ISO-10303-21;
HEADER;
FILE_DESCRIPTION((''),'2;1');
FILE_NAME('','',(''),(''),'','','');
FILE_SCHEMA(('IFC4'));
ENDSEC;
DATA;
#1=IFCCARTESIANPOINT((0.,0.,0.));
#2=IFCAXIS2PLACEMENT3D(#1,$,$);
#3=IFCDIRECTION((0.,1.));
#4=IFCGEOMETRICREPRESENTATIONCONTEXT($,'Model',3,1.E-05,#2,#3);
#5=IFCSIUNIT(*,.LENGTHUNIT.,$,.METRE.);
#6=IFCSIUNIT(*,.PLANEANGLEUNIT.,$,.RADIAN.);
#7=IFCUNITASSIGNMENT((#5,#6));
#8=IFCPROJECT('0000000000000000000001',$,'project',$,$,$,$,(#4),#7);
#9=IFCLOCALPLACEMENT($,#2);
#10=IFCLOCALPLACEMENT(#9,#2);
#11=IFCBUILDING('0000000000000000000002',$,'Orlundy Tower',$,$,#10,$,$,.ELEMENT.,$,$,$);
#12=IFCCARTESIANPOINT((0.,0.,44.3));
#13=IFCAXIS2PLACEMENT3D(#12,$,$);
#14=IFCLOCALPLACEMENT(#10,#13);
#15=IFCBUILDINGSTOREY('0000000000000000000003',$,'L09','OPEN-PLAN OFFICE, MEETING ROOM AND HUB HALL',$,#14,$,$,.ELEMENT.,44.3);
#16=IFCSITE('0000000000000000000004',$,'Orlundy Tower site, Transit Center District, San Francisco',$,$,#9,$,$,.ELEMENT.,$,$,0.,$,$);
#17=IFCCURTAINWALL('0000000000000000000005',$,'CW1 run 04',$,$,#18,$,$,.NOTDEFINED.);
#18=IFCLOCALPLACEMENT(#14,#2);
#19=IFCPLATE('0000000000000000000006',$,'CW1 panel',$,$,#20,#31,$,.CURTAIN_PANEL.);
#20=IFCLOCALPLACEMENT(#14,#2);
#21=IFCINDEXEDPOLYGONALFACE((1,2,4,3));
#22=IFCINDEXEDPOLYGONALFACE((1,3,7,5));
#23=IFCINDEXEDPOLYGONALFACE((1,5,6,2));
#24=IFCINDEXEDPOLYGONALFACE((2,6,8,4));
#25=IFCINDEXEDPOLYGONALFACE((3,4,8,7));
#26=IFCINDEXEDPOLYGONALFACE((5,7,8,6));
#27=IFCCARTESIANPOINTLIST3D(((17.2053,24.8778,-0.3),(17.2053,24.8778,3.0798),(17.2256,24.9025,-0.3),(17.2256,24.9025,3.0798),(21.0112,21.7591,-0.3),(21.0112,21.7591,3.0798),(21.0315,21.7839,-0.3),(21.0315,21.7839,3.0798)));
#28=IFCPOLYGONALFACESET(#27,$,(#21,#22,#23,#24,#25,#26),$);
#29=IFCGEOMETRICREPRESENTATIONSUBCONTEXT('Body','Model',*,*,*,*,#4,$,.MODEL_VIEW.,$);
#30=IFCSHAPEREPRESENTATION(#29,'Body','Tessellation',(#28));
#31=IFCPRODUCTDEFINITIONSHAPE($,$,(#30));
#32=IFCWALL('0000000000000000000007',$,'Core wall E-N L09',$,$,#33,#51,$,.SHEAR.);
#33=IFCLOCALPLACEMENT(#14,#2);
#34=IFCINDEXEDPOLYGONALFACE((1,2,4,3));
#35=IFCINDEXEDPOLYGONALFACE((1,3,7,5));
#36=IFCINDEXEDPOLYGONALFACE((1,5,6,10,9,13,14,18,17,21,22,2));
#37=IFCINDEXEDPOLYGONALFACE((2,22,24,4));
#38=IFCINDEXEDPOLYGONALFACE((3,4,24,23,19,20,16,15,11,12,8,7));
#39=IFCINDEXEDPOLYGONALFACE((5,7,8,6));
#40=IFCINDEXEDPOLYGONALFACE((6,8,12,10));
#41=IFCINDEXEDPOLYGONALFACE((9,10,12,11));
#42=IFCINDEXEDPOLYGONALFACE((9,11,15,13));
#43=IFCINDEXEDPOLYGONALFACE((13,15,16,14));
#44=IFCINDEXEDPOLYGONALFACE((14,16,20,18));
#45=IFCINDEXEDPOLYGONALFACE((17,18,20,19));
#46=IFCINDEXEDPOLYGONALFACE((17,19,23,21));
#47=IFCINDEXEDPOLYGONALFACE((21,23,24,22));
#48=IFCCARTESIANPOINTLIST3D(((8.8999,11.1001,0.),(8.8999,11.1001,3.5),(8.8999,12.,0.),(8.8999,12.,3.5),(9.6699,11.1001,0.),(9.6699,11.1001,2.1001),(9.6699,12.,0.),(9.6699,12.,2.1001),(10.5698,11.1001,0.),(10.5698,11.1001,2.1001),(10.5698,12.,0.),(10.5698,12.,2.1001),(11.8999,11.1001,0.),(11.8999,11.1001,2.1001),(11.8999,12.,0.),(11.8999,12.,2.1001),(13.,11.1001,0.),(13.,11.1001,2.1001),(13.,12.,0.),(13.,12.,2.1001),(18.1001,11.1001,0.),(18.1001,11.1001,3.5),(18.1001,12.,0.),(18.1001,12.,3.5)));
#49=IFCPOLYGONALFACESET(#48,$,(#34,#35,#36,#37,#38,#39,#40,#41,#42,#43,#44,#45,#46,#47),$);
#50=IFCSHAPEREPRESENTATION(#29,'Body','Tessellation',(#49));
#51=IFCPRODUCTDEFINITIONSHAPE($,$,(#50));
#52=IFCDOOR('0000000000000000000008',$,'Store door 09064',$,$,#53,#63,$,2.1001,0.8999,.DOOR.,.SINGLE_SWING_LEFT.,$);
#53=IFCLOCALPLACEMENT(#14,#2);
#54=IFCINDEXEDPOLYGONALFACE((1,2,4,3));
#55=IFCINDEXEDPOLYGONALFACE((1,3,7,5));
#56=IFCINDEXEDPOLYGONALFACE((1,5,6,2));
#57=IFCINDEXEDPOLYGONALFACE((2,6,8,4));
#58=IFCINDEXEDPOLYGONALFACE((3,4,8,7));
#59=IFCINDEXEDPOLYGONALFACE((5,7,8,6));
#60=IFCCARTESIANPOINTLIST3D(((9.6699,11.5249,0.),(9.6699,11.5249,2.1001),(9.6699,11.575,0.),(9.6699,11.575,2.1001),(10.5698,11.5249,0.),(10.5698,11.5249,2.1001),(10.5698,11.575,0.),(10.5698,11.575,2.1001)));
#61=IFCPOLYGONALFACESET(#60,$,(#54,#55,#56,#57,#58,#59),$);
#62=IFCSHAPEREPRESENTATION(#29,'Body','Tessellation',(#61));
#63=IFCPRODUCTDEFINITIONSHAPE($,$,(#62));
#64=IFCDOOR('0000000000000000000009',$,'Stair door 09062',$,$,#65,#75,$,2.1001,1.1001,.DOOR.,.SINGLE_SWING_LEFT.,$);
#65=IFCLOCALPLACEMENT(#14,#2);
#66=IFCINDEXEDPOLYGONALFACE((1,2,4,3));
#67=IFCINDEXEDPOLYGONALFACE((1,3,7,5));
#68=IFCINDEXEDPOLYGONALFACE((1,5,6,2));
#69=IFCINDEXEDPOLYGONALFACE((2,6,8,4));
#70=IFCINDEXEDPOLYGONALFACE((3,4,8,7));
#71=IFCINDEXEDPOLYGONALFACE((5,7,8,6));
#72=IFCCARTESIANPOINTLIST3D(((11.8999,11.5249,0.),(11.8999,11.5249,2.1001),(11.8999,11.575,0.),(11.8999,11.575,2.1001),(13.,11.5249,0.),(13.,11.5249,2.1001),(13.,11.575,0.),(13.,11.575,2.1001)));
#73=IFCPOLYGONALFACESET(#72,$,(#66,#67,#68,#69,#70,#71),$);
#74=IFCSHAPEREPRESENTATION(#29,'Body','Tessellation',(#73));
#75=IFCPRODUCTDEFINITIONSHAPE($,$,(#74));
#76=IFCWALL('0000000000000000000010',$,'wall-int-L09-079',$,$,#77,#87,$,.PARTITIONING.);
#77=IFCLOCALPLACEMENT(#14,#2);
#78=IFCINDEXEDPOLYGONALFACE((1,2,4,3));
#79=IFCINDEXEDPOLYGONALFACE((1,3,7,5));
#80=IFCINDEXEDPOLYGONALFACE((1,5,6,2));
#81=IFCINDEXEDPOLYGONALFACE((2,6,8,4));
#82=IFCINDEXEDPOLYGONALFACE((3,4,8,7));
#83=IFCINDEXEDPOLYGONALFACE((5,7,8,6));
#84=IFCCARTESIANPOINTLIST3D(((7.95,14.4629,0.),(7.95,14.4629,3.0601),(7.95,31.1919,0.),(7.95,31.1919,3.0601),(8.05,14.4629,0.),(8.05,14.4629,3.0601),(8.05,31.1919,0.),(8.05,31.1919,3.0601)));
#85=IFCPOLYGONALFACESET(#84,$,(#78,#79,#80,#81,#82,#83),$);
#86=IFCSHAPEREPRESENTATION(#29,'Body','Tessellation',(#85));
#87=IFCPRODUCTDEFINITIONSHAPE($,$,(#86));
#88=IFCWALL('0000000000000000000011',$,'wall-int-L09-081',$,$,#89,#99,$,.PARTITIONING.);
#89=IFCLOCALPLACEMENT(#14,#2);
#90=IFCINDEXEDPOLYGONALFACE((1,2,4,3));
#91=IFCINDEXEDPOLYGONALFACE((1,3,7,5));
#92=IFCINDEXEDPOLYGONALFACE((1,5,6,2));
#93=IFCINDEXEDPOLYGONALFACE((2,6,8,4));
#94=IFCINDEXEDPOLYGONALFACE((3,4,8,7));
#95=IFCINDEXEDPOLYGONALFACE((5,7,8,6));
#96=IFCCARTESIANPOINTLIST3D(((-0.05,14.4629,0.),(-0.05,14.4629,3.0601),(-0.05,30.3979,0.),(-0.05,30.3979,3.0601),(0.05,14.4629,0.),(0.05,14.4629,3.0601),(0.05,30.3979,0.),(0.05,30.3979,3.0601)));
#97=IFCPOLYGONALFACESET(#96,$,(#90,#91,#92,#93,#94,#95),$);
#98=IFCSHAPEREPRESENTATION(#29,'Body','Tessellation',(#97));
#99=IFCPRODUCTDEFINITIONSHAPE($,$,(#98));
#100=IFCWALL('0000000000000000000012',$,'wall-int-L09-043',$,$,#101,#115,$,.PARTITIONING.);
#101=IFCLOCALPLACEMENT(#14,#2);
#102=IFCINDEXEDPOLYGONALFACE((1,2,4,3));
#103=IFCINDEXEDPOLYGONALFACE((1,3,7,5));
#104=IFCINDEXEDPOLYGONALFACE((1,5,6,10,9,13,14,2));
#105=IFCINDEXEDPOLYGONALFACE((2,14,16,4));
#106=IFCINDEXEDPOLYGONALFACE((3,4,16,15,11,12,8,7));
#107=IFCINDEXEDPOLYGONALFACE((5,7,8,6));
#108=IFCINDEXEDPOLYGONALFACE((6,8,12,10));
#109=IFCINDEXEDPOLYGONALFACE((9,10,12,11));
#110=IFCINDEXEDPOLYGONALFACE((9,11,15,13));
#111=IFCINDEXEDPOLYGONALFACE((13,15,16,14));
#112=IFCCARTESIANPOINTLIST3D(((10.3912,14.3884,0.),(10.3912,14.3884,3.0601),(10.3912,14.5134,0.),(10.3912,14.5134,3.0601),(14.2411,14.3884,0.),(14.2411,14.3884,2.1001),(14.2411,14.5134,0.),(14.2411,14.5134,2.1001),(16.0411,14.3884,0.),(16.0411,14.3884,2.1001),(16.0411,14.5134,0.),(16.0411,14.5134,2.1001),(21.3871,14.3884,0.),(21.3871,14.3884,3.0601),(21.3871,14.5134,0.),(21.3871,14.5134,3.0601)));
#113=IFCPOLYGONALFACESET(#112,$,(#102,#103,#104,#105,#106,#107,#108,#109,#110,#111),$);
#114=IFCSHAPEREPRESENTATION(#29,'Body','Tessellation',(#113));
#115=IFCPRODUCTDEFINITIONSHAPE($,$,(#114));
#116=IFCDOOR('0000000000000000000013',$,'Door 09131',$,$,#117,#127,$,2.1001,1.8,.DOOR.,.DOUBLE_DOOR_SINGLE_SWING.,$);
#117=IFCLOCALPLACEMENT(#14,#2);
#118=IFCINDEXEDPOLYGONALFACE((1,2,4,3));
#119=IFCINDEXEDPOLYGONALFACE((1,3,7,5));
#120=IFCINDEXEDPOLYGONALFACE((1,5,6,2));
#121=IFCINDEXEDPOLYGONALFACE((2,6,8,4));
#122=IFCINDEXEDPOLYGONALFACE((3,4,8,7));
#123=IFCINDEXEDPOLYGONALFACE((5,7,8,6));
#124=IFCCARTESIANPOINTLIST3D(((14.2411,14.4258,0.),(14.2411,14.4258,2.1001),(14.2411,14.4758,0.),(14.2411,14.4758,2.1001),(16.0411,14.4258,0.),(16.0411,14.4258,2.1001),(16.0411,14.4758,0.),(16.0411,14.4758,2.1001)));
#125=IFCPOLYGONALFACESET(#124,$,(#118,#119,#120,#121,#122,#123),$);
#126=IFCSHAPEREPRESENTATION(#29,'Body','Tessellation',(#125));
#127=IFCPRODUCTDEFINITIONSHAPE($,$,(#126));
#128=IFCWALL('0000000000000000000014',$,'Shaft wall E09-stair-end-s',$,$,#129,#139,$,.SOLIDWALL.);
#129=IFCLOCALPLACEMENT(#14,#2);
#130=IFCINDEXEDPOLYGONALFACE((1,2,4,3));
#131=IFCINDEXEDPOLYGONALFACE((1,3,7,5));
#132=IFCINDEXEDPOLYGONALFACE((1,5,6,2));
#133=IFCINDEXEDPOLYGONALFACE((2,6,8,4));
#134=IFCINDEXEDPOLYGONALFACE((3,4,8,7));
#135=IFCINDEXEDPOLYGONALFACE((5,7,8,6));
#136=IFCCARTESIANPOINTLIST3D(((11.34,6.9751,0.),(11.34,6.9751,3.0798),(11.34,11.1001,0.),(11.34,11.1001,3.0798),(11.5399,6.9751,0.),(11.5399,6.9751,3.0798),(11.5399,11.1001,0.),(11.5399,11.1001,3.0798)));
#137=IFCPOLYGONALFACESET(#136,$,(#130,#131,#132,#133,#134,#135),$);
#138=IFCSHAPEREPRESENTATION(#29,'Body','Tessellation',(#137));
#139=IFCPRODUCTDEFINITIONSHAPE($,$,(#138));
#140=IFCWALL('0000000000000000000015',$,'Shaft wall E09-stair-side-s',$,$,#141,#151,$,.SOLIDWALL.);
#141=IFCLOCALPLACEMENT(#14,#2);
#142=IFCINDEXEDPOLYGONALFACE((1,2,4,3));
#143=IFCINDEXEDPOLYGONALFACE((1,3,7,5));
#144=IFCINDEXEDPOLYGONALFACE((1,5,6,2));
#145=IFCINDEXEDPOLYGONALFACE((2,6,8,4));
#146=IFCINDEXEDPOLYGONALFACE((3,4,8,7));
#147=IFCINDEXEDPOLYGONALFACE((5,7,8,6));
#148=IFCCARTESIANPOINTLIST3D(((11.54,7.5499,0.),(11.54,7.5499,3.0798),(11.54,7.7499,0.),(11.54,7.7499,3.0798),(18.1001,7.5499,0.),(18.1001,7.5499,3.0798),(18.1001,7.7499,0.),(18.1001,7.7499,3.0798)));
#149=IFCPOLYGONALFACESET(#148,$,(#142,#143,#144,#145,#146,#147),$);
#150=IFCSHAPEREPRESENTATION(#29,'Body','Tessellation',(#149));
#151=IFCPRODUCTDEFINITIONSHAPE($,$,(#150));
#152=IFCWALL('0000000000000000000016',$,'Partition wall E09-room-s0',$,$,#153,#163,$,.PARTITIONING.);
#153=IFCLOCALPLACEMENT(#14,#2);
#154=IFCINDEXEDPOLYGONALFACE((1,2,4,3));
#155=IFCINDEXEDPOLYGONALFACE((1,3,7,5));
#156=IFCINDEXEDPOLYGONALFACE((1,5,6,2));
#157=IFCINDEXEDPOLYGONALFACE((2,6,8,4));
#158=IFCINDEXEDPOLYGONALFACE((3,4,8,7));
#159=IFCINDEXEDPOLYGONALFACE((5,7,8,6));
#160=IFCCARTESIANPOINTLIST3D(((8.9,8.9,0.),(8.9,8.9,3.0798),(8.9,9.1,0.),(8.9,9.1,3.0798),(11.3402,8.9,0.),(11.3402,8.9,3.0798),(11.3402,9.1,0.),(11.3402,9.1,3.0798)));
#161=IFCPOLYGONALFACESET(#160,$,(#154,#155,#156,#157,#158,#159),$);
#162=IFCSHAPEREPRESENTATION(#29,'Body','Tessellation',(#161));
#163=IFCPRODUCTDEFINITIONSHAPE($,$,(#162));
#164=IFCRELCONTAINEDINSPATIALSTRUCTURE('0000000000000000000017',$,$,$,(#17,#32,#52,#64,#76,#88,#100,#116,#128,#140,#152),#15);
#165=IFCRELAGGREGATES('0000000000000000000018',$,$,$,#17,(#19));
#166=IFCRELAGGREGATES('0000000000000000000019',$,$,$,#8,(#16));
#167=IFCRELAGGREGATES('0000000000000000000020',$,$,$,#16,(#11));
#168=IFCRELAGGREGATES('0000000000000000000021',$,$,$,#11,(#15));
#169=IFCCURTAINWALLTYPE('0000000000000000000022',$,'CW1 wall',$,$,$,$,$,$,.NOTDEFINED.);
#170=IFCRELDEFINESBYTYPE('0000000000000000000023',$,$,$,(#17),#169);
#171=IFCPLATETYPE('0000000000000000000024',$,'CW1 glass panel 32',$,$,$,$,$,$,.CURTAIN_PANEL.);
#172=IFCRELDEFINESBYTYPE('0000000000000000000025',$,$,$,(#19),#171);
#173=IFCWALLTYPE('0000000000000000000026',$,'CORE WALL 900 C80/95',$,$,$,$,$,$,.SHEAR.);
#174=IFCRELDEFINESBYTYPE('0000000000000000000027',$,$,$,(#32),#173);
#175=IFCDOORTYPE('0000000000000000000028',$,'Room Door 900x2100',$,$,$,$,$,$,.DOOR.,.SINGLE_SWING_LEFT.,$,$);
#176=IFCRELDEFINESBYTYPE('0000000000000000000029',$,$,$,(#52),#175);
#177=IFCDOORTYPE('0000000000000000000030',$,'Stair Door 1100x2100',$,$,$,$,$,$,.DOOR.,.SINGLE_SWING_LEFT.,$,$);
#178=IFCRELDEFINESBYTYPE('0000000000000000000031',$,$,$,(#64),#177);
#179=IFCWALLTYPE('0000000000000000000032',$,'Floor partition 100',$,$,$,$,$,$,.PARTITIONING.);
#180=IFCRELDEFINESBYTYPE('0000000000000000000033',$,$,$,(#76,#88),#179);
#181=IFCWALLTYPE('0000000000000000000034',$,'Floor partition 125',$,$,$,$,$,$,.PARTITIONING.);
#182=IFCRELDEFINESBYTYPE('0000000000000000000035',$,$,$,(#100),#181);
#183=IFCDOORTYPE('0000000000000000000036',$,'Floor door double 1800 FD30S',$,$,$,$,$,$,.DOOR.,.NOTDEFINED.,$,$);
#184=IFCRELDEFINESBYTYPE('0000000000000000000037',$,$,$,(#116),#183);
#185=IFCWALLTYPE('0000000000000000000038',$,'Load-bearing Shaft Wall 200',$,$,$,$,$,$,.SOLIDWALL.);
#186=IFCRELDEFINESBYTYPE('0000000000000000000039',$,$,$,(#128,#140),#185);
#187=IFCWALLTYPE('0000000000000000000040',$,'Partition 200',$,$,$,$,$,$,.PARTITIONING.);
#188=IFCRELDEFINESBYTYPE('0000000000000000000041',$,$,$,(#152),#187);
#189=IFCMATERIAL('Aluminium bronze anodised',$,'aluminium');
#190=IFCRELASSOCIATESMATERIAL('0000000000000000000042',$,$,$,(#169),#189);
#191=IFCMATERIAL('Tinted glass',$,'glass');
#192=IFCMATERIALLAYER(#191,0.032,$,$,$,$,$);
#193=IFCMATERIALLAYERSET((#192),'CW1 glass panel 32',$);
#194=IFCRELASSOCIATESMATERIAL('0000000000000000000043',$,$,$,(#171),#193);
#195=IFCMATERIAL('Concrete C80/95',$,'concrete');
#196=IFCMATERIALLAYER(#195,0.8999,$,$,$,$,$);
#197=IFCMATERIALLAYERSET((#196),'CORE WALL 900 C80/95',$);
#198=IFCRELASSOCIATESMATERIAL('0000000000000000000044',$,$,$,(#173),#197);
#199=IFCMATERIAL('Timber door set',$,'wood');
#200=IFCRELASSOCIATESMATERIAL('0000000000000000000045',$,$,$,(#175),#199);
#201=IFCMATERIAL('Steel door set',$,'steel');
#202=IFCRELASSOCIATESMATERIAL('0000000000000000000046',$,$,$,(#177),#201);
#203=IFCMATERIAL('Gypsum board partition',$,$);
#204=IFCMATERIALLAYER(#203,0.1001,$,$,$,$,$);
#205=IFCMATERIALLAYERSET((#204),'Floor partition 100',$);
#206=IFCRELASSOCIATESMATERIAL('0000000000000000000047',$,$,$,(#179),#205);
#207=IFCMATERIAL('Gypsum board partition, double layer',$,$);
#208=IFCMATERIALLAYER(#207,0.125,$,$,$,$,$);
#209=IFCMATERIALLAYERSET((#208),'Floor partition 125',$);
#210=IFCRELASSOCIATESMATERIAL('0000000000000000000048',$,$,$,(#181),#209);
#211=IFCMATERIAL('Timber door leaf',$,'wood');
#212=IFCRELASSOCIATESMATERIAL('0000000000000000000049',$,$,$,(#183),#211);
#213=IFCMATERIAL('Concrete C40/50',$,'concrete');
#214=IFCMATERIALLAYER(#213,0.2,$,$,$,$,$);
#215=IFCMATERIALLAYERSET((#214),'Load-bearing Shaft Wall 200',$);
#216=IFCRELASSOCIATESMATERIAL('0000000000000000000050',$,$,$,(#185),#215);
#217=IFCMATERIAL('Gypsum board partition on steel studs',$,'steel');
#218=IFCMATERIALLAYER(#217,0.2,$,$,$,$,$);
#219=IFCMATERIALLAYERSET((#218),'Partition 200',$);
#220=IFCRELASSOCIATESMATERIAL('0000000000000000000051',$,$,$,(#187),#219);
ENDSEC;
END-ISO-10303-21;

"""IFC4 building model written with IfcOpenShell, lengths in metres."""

from ifc_helpers import new_model, si_unit, direction, frame, frame_2d, origin, origin_2d, place, context, subcontext, project, spatial, rectangle, extrude, material, layer, layer_set, type_object, element, fill, aggregate, save


model = new_model("IFC4")

# Units and contexts
model_context = context("Model", 3, precision=1e-05, world=origin(), true_north=direction((0.0, 1.0)))
body_context = subcontext(model_context, "Body", "Model", "MODEL_VIEW")
ifc_project = project(units=[si_unit("LENGTHUNIT", "METRE"), si_unit("PLANEANGLEUNIT", "RADIAN")], contexts=[model_context])

# Site, building, storey
site_placement = place(None, origin())
site = spatial("IfcSite", under=ifc_project, at=site_placement, Name="Orlundy Tower site, Transit Center District, San Francisco", CompositionType="ELEMENT", RefElevation=0.0)
building_placement = place(site_placement, origin())
building = spatial("IfcBuilding", under=site, at=building_placement, Name="Orlundy Tower", CompositionType="ELEMENT")
storey_placement = place(building_placement, frame((0.0, 0.0, 44.3)))
storey = spatial("IfcBuildingStorey", under=building, at=storey_placement, Name="L09", Description="OPEN-PLAN OFFICE, MEETING ROOM AND HUB HALL", CompositionType="ELEMENT", Elevation=44.3)

# Curtain wall, plate
ifc_material_1 = material(Name="Aluminium bronze anodised", Category="aluminium")
curtain_wall_type = type_object("IfcCurtainWallType", Name="CW1 wall", PredefinedType="NOTDEFINED", material=ifc_material_1)
curtain_wall_placement = place(storey_placement, origin())
curtain_wall = element("IfcCurtainWall", 1, at=curtain_wall_placement, inside=storey, type_object=curtain_wall_type, Name="CW1 run 04", PredefinedType="NOTDEFINED")
ifc_material_2 = material(Name="Tinted glass", Category="glass")
ifc_layer_1 = layer(ifc_material_2, 0.032)
ifc_layer_set_1 = layer_set([ifc_layer_1], Name="CW1 glass panel 32")
plate_type = type_object("IfcPlateType", Name="CW1 glass panel 32", PredefinedType="CURTAIN_PANEL", material=ifc_layer_set_1)
plate_placement = place(storey_placement, frame((19.1184, 23.3308, -0.3), z_axis=(0.0, 0.0, 1.0), x_axis=(0.773482, -0.633818, 0.0)))
plate = element("IfcPlate", 2, at=plate_placement, type_object=plate_type, Name="CW1 panel", PredefinedType="CURTAIN_PANEL", context=body_context, shape_type="SweptSolid", body=[
    extrude(rectangle(XDim=4.9204, YDim=0.032, at=origin_2d()), origin(), (0.0, 0.0, 1.0), 3.3799),
])
aggregate(curtain_wall, [plate])

# Wall, openings, doors
ifc_material_3 = material(Name="Concrete C80/95", Category="concrete")
ifc_layer_2 = layer(ifc_material_3, 0.8999)
ifc_layer_set_2 = layer_set([ifc_layer_2], Name="CORE WALL 900 C80/95")
wall_type_1 = type_object("IfcWallType", Name="CORE WALL 900 C80/95", PredefinedType="SHEAR", material=ifc_layer_set_2)
wall_1_placement = place(storey_placement, frame((8.8999, 11.55, 0.0), z_axis=(0.0, 0.0, 1.0), x_axis=(1.0, 0.0, 0.0)))
wall_1 = element("IfcWall", 3, at=wall_1_placement, inside=storey, type_object=wall_type_1, Name="Core wall E-N L09", PredefinedType="SHEAR", context=body_context, shape_type="SweptSolid", body=[
    extrude(rectangle(XDim=9.2002, YDim=0.8999, at=frame_2d((4.6001, 0.0))), origin(), (0.0, 0.0, 1.0), 3.5),
])
opening_1_placement = place(wall_1_placement, frame((3.0, 0.0, 0.0)))
opening_1 = element("IfcOpeningElement", 4, at=opening_1_placement, cuts=wall_1, PredefinedType="OPENING", context=body_context, shape_type="SweptSolid", body=[
    extrude(rectangle(XDim=1.1001, YDim=2.1001, at=frame_2d((0.55, 1.05))), frame((0.0, 0.46, 0.0), z_axis=(0.0, -1.0, 0.0), x_axis=(1.0, 0.0, 0.0)), (0.0, 0.0, 1.0), 0.9199),
])
opening_2_placement = place(wall_1_placement, frame((0.77, 0.0, 0.0)))
opening_2 = element("IfcOpeningElement", 5, at=opening_2_placement, cuts=wall_1, PredefinedType="OPENING", context=body_context, shape_type="SweptSolid", body=[
    extrude(rectangle(XDim=0.8999, YDim=2.1001, at=frame_2d((0.45, 1.05))), frame((0.0, 0.46, 0.0), z_axis=(0.0, -1.0, 0.0), x_axis=(1.0, 0.0, 0.0)), (0.0, 0.0, 1.0), 0.9199),
])
ifc_material_4 = material(Name="Timber door set", Category="wood")
door_type_1 = type_object("IfcDoorType", Name="Room Door 900x2100", OperationType="SINGLE_SWING_LEFT", PredefinedType="DOOR", material=ifc_material_4)
door_1_placement = place(opening_2_placement, origin())
door_1 = element("IfcDoor", 6, at=door_1_placement, inside=storey, type_object=door_type_1, Name="Store door 09064", OperationType="SINGLE_SWING_LEFT", OverallHeight=2.1001, OverallWidth=0.8999, PredefinedType="DOOR", context=body_context, shape_type="SweptSolid", body=[
    extrude(rectangle(XDim=0.8999, YDim=2.1001, at=frame_2d((0.45, 1.05))), frame((0.0, 0.0249, 0.0), z_axis=(0.0, -1.0, 0.0), x_axis=(1.0, 0.0, 0.0)), (0.0, 0.0, 1.0), 0.05),
])
fill(opening_2, door_1)
ifc_material_5 = material(Name="Steel door set", Category="steel")
door_type_2 = type_object("IfcDoorType", Name="Stair Door 1100x2100", OperationType="SINGLE_SWING_LEFT", PredefinedType="DOOR", material=ifc_material_5)
door_2_placement = place(opening_1_placement, origin())
door_2 = element("IfcDoor", 7, at=door_2_placement, inside=storey, type_object=door_type_2, Name="Stair door 09062", OperationType="SINGLE_SWING_LEFT", OverallHeight=2.1001, OverallWidth=1.1001, PredefinedType="DOOR", context=body_context, shape_type="SweptSolid", body=[
    extrude(rectangle(XDim=1.1001, YDim=2.1001, at=frame_2d((0.55, 1.05))), frame((0.0, 0.0249, 0.0), z_axis=(0.0, -1.0, 0.0), x_axis=(1.0, 0.0, 0.0)), (0.0, 0.0, 1.0), 0.05),
])
fill(opening_1, door_2)

# Walls
ifc_material_6 = material(Name="Gypsum board partition")
ifc_layer_3 = layer(ifc_material_6, 0.1001)
ifc_layer_set_3 = layer_set([ifc_layer_3], Name="Floor partition 100")
wall_type_2 = type_object("IfcWallType", Name="Floor partition 100", PredefinedType="PARTITIONING", material=ifc_layer_set_3)
wall_2_placement = place(storey_placement, frame((8.0, 14.4629, 0.0), z_axis=(0.0, 0.0, 1.0), x_axis=(0.0, 1.0, 0.0)))
element("IfcWall", 8, at=wall_2_placement, inside=storey, type_object=wall_type_2, Name="wall-int-L09-079", PredefinedType="PARTITIONING", context=body_context, shape_type="SweptSolid", body=[
    extrude(rectangle(XDim=16.729, YDim=0.1001, at=frame_2d((8.3645, 0.0))), origin(), (0.0, 0.0, 1.0), 3.0601),
])
wall_3_placement = place(storey_placement, frame((0.0, 14.4629, 0.0), z_axis=(0.0, 0.0, 1.0), x_axis=(0.0, 1.0, 0.0)))
element("IfcWall", 9, at=wall_3_placement, inside=storey, type_object=wall_type_2, Name="wall-int-L09-081", PredefinedType="PARTITIONING", context=body_context, shape_type="SweptSolid", body=[
    extrude(rectangle(XDim=15.9351, YDim=0.1001, at=frame_2d((7.9675, 0.0))), origin(), (0.0, 0.0, 1.0), 3.0601),
])

# Wall, opening, door
ifc_material_7 = material(Name="Gypsum board partition, double layer")
ifc_layer_4 = layer(ifc_material_7, 0.125)
ifc_layer_set_4 = layer_set([ifc_layer_4], Name="Floor partition 125")
wall_type_3 = type_object("IfcWallType", Name="Floor partition 125", PredefinedType="PARTITIONING", material=ifc_layer_set_4)
wall_4_placement = place(storey_placement, frame((10.3911, 14.4509, 0.0), z_axis=(0.0, 0.0, 1.0), x_axis=(1.0, 0.0, 0.0)))
wall_4 = element("IfcWall", 10, at=wall_4_placement, inside=storey, type_object=wall_type_3, Name="wall-int-L09-043", PredefinedType="PARTITIONING", context=body_context, shape_type="SweptSolid", body=[
    extrude(rectangle(XDim=10.9958, YDim=0.125, at=frame_2d((5.498, 0.0))), origin(), (0.0, 0.0, 1.0), 3.0601),
])
opening_3_placement = place(wall_4_placement, frame((3.8501, 0.0, 0.0)))
opening_3 = element("IfcOpeningElement", 11, at=opening_3_placement, cuts=wall_4, PredefinedType="OPENING", context=body_context, shape_type="SweptSolid", body=[
    extrude(rectangle(XDim=1.8, YDim=2.1001, at=frame_2d((0.8999, 1.05))), frame((0.0, 0.0725, 0.0), z_axis=(0.0, -1.0, 0.0), x_axis=(1.0, 0.0, 0.0)), (0.0, 0.0, 1.0), 0.145),
])
ifc_material_8 = material(Name="Timber door leaf", Category="wood")
door_type_3 = type_object("IfcDoorType", Name="Floor door double 1800 FD30S", OperationType="NOTDEFINED", PredefinedType="DOOR", material=ifc_material_8)
door_3_placement = place(opening_3_placement, origin())
door_3 = element("IfcDoor", 12, at=door_3_placement, inside=storey, type_object=door_type_3, Name="Door 09131", OperationType="DOUBLE_DOOR_SINGLE_SWING", OverallHeight=2.1001, OverallWidth=1.8, PredefinedType="DOOR", context=body_context, shape_type="SweptSolid", body=[
    extrude(rectangle(XDim=1.8, YDim=2.1001, at=frame_2d((0.8999, 1.05))), frame((0.0, 0.0249, 0.0), z_axis=(0.0, -1.0, 0.0), x_axis=(1.0, 0.0, 0.0)), (0.0, 0.0, 1.0), 0.05),
])
fill(opening_3, door_3)

# Walls
ifc_material_9 = material(Name="Concrete C40/50", Category="concrete")
ifc_layer_5 = layer(ifc_material_9, 0.2)
ifc_layer_set_5 = layer_set([ifc_layer_5], Name="Load-bearing Shaft Wall 200")
wall_type_4 = type_object("IfcWallType", Name="Load-bearing Shaft Wall 200", PredefinedType="SOLIDWALL", material=ifc_layer_set_5)
wall_5_placement = place(storey_placement, frame((11.4399, 11.1001, 0.0), z_axis=(0.0, 0.0, 1.0), x_axis=(0.0, -1.0, 0.0)))
element("IfcWall", 13, at=wall_5_placement, inside=storey, type_object=wall_type_4, Name="Shaft wall E09-stair-end-s", PredefinedType="SOLIDWALL", context=body_context, shape_type="SweptSolid", body=[
    extrude(rectangle(XDim=4.125, YDim=0.2, at=frame_2d((2.0625, 0.0))), origin(), (0.0, 0.0, 1.0), 3.0798),
])
wall_6_placement = place(storey_placement, frame((11.54, 7.6499, 0.0), z_axis=(0.0, 0.0, 1.0), x_axis=(1.0, 0.0, 0.0)))
element("IfcWall", 14, at=wall_6_placement, inside=storey, type_object=wall_type_4, Name="Shaft wall E09-stair-side-s", PredefinedType="SOLIDWALL", context=body_context, shape_type="SweptSolid", body=[
    extrude(rectangle(XDim=6.5601, YDim=0.2, at=frame_2d((3.28, 0.0))), origin(), (0.0, 0.0, 1.0), 3.0798),
])
ifc_material_10 = material(Name="Gypsum board partition on steel studs", Category="steel")
ifc_layer_6 = layer(ifc_material_10, 0.2)
ifc_layer_set_6 = layer_set([ifc_layer_6], Name="Partition 200")
wall_type_5 = type_object("IfcWallType", Name="Partition 200", PredefinedType="PARTITIONING", material=ifc_layer_set_6)
wall_7_placement = place(storey_placement, frame((8.8999, 9.0, 0.0), z_axis=(0.0, 0.0, 1.0), x_axis=(1.0, 0.0, 0.0)))
element("IfcWall", 15, at=wall_7_placement, inside=storey, type_object=wall_type_5, Name="Partition wall E09-room-s0", PredefinedType="PARTITIONING", context=body_context, shape_type="SweptSolid", body=[
    extrude(rectangle(XDim=2.4402, YDim=0.2, at=frame_2d((1.2202, 0.0))), origin(), (0.0, 0.0, 1.0), 3.0798),
])

save(model, "model.ifc")
